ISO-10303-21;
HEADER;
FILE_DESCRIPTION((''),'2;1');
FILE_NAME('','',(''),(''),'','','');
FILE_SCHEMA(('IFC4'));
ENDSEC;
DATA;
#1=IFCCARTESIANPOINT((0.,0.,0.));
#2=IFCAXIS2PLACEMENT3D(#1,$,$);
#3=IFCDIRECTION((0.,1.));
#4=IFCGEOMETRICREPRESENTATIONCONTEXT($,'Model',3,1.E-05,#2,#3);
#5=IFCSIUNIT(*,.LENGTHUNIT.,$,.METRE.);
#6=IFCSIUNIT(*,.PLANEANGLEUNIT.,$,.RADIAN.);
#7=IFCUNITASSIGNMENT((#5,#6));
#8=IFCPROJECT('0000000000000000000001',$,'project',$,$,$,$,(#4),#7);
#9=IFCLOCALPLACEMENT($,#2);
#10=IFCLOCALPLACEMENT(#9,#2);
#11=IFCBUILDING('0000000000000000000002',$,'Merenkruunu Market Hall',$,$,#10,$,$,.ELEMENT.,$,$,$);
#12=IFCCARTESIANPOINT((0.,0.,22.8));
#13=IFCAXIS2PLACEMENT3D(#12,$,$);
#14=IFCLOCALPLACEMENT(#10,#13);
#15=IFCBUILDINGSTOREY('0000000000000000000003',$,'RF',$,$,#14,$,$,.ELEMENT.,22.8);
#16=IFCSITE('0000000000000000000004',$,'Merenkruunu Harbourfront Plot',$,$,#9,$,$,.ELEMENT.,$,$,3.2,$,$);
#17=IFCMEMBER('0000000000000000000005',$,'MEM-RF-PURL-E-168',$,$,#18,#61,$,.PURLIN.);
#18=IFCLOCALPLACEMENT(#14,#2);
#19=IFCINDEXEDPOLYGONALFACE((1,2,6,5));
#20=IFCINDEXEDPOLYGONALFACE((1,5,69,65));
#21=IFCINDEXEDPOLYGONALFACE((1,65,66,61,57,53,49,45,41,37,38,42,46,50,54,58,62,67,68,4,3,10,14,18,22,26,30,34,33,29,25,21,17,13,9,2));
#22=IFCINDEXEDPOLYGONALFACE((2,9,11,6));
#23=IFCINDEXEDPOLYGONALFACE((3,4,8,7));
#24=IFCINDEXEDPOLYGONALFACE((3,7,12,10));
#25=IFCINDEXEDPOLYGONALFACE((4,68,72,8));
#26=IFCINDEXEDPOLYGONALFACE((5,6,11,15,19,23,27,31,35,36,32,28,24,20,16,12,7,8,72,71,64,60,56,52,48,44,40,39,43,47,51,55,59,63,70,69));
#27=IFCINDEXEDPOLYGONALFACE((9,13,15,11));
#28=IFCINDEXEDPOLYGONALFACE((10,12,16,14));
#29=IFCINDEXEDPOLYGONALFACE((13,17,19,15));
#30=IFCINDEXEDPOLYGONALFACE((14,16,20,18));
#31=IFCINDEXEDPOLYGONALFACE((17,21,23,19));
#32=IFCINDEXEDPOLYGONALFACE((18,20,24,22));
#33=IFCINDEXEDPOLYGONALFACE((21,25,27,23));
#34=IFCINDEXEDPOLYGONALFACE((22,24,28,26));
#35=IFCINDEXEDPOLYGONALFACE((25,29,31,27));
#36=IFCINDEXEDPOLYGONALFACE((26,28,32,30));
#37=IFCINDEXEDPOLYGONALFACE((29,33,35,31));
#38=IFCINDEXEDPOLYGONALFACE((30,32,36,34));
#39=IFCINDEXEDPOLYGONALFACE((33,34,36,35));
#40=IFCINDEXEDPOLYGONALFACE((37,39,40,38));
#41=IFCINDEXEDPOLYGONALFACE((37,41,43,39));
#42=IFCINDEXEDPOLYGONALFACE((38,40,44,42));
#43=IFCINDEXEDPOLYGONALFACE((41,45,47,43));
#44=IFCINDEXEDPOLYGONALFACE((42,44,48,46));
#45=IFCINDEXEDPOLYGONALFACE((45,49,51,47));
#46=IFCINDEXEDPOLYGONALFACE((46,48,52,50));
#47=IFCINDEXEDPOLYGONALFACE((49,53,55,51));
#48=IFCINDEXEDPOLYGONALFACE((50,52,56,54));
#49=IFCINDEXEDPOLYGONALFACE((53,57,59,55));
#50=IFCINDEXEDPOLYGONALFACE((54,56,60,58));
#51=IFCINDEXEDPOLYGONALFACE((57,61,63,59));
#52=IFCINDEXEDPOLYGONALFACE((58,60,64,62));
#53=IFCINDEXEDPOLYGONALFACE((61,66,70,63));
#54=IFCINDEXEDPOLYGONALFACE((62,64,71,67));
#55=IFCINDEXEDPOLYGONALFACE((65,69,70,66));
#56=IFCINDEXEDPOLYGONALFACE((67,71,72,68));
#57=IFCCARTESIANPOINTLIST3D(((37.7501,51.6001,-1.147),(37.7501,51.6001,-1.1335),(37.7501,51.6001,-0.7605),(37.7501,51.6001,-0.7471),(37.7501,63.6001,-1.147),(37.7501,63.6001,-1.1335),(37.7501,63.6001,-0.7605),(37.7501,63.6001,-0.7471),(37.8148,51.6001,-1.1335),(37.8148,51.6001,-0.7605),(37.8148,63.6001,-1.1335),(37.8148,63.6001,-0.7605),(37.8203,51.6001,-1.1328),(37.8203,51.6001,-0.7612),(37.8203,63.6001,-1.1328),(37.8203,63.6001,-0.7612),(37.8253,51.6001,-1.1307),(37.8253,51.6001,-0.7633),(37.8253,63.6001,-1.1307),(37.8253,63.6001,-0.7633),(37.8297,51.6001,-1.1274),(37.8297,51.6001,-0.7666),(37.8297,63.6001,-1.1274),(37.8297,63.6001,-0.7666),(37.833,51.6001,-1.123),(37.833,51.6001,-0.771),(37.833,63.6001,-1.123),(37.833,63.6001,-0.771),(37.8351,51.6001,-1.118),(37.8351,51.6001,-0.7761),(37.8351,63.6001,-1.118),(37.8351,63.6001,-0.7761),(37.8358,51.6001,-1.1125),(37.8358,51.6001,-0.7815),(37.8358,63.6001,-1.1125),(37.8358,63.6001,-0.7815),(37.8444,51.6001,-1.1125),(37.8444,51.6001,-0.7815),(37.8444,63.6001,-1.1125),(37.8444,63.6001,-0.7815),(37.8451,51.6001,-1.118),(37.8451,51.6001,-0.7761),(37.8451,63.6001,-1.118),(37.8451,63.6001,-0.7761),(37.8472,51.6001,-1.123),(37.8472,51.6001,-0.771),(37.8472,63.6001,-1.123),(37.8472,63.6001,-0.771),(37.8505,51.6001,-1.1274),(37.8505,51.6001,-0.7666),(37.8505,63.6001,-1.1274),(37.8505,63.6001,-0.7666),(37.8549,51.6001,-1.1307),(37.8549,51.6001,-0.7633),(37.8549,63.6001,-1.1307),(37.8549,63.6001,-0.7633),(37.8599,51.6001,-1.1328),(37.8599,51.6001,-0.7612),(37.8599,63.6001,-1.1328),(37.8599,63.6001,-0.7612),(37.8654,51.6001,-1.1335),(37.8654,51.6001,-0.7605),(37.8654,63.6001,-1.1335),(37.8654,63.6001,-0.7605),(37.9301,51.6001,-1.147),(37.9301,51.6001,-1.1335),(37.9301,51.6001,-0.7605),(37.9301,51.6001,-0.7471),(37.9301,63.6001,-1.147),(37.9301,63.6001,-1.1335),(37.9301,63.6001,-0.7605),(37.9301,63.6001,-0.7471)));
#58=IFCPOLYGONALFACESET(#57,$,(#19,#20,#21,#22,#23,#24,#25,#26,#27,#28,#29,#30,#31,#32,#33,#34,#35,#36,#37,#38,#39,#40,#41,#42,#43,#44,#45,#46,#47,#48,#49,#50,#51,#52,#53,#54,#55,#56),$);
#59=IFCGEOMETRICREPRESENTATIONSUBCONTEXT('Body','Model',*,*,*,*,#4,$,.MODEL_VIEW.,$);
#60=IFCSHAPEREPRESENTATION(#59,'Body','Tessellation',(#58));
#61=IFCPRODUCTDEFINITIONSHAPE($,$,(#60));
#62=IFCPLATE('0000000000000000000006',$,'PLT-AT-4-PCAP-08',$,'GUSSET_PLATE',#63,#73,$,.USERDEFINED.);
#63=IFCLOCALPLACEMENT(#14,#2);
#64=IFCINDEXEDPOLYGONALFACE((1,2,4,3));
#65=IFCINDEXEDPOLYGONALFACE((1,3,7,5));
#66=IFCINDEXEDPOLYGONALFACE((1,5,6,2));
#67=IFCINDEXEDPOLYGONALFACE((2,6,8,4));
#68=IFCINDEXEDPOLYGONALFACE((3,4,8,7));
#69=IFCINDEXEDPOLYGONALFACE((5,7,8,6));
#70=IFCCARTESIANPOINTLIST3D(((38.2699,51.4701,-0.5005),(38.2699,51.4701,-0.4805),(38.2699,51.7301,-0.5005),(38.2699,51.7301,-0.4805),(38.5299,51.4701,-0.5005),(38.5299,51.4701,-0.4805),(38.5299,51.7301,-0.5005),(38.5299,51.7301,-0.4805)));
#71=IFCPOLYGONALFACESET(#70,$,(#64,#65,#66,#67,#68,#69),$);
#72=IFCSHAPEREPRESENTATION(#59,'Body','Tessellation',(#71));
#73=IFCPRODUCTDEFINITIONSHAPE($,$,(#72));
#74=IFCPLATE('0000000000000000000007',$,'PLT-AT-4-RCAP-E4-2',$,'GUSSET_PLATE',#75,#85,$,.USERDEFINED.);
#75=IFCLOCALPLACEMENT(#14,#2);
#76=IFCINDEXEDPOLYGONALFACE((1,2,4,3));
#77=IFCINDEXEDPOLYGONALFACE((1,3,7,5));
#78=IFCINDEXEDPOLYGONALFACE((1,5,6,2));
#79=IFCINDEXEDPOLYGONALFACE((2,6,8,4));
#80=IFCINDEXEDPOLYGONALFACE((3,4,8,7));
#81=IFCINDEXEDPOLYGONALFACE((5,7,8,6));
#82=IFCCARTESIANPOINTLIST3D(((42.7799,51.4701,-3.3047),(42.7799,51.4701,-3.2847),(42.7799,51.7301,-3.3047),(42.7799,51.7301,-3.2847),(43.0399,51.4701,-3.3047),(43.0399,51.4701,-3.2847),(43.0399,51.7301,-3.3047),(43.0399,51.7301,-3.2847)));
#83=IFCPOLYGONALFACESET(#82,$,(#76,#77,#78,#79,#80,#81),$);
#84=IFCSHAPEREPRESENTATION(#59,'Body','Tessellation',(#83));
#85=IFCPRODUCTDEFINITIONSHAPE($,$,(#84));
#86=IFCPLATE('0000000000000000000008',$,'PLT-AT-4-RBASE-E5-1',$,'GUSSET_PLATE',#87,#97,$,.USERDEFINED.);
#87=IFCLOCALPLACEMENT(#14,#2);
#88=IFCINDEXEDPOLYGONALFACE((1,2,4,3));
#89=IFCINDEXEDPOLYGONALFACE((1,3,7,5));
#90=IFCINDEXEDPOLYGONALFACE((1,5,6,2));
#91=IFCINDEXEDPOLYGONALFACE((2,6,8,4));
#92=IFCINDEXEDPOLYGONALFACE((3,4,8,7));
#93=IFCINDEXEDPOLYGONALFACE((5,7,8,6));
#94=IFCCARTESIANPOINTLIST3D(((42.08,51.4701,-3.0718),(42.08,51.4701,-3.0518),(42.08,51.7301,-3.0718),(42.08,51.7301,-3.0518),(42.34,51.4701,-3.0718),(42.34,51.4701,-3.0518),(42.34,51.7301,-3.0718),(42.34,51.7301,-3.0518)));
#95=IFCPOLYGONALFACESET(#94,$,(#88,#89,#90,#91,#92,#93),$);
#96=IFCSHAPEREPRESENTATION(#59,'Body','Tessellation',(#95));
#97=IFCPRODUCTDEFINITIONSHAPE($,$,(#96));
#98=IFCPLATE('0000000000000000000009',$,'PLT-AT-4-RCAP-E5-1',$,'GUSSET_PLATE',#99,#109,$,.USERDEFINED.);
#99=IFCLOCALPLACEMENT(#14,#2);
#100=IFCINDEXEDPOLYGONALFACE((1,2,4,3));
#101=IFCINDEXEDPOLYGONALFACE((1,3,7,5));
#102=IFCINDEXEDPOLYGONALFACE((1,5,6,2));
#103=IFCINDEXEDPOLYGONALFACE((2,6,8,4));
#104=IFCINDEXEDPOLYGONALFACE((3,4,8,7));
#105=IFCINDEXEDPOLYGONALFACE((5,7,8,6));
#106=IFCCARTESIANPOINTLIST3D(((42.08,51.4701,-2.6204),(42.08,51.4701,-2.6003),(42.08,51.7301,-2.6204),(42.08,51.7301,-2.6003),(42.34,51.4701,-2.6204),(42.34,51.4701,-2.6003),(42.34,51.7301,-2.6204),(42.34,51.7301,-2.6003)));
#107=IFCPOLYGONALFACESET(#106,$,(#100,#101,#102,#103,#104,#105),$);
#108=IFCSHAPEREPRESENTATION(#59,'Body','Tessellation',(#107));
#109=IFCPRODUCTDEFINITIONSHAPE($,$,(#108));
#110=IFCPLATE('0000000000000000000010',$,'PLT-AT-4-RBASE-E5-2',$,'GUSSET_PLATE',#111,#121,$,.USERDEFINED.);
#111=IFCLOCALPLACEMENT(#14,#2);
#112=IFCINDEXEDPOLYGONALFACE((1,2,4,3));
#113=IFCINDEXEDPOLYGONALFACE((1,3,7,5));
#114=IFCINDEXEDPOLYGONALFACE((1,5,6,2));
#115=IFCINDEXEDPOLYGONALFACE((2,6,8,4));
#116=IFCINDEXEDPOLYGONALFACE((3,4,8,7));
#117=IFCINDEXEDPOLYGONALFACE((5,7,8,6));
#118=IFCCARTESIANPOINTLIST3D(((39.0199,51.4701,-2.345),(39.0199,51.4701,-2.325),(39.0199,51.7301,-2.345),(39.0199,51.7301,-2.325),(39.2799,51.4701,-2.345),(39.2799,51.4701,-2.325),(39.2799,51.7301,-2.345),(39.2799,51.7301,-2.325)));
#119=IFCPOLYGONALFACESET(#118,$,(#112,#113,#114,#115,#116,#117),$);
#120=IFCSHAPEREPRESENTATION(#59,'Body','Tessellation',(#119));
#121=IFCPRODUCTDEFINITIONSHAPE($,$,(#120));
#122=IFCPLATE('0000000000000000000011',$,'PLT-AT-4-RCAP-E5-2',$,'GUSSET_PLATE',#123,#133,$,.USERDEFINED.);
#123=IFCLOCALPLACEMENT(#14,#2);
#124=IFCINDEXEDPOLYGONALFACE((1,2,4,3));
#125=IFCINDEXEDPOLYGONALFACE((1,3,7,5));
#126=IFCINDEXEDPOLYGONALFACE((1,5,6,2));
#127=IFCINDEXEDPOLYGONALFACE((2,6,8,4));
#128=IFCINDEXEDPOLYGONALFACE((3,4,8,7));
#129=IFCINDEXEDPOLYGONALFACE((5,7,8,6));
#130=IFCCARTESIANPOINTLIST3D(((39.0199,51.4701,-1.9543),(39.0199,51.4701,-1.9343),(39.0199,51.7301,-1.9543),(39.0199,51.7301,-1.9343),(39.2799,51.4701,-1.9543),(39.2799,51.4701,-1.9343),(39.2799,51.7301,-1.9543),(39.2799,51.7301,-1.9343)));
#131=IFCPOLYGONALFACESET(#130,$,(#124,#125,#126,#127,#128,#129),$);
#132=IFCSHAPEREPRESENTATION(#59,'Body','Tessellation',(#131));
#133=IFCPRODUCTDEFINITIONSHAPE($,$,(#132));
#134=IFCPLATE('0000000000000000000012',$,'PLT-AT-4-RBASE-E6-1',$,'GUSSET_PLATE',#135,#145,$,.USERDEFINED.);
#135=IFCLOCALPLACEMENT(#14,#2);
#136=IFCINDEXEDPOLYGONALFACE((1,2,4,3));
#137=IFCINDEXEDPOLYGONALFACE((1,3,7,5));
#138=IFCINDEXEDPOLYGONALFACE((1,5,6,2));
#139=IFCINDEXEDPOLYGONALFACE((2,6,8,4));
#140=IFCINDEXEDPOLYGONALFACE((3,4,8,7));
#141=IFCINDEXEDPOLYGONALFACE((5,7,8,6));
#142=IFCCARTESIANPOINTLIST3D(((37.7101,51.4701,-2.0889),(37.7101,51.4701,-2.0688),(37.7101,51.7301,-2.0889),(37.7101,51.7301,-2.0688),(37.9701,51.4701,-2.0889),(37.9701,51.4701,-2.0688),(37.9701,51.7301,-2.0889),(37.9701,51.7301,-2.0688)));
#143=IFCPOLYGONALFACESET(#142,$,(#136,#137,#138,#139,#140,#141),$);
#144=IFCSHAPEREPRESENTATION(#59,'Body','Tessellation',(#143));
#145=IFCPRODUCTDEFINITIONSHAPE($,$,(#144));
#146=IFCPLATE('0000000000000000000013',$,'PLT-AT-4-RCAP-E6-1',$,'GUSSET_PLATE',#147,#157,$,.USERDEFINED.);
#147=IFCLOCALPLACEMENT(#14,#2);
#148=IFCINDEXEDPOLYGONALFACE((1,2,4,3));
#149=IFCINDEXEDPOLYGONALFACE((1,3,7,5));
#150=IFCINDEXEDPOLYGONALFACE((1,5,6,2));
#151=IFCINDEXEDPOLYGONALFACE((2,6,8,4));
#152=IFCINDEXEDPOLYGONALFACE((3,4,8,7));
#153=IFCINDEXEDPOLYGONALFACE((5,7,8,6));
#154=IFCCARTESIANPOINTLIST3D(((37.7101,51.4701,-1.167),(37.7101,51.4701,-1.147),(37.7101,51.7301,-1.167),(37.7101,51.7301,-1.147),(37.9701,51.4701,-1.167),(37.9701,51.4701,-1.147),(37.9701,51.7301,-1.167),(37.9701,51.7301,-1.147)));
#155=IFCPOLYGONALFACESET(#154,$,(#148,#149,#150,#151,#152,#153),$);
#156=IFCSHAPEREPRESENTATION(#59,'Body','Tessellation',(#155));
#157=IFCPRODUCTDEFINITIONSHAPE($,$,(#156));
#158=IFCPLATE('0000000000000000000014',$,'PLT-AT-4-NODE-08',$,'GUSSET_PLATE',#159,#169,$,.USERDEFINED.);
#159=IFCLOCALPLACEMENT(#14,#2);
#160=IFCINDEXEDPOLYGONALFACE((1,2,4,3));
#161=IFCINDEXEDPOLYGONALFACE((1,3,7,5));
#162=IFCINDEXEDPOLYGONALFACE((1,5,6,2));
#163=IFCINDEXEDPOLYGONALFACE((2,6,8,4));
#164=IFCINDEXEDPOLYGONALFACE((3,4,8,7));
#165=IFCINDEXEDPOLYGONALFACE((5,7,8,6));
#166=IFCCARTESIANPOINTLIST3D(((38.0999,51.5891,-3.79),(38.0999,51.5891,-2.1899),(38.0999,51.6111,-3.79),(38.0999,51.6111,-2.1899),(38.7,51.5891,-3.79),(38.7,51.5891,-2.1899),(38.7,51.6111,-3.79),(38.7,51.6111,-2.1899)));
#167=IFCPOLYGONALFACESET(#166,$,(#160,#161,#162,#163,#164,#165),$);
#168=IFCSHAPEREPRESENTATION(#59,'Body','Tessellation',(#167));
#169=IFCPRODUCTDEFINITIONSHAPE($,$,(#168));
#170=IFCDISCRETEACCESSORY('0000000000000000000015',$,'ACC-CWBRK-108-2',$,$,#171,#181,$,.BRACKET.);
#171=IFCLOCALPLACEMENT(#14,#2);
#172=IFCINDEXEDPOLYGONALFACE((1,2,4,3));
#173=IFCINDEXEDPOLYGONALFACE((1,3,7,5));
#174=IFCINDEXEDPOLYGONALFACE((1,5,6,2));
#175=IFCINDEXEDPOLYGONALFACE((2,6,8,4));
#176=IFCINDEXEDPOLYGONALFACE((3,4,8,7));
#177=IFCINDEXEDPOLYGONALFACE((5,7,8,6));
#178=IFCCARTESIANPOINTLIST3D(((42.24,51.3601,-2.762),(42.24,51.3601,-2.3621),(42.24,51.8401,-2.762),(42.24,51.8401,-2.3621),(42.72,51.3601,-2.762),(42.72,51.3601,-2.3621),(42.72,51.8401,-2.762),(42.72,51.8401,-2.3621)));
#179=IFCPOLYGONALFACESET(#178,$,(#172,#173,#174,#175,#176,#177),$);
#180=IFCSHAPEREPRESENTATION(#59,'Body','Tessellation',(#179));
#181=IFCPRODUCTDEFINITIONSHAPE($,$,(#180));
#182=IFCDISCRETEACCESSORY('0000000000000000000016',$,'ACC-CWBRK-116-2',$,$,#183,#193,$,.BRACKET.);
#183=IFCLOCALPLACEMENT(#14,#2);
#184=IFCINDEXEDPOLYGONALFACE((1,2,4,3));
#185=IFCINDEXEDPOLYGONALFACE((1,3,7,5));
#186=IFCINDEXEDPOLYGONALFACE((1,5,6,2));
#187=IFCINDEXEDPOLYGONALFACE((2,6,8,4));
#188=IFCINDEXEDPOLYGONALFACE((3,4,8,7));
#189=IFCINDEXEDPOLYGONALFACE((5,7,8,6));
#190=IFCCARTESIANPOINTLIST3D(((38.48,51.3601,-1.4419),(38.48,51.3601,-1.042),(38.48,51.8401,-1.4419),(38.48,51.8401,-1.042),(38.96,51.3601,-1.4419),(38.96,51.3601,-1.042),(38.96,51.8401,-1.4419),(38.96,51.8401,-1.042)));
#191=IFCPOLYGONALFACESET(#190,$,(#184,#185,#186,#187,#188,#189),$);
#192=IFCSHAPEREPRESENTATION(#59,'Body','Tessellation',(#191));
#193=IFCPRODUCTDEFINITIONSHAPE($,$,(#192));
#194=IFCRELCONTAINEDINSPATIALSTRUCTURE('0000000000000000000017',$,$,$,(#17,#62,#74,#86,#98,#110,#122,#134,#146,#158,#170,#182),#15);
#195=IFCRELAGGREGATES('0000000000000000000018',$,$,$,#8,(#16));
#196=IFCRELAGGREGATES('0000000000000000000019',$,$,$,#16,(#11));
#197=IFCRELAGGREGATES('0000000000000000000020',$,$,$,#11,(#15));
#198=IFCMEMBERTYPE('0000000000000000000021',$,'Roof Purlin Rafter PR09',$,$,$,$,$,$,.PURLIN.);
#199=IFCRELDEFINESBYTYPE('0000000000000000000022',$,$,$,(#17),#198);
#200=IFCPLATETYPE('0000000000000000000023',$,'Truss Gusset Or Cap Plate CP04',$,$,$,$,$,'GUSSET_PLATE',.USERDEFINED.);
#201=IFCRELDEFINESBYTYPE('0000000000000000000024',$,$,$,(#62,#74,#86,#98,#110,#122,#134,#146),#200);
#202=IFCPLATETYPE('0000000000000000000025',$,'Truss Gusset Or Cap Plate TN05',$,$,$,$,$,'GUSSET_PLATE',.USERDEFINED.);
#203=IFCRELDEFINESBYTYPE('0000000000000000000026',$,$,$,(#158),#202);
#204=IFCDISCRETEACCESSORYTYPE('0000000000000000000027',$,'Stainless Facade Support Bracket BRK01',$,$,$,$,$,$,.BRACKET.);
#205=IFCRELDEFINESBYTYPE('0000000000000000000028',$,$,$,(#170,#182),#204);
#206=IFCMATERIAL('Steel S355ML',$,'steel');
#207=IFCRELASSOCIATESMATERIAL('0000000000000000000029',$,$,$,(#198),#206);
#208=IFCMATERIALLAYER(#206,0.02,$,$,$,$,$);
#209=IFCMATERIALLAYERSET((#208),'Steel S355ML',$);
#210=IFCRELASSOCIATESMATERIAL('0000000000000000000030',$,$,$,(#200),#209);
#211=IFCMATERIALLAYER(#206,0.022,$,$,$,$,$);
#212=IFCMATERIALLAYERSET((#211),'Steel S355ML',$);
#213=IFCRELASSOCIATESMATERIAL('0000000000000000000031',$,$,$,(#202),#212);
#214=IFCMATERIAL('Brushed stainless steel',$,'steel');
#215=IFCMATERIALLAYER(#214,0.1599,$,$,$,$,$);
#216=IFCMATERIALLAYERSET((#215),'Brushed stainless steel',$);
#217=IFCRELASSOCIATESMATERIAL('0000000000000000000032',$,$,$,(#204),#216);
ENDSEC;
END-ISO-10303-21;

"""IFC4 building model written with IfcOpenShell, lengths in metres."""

from ifc_helpers import new_model, si_unit, direction, frame, origin, origin_2d, place, context, subcontext, project, spatial, rectangle, i_section, extrude, material, layer, layer_set, material_profile, profile_set, type_object, element, save


model = new_model("IFC4")

# Units and contexts
model_context = context("Model", 3, precision=1e-05, world=origin(), true_north=direction((0.0, 1.0)))
body_context = subcontext(model_context, "Body", "Model", "MODEL_VIEW")
ifc_project = project(units=[si_unit("LENGTHUNIT", "METRE"), si_unit("PLANEANGLEUNIT", "RADIAN")], contexts=[model_context])

# Site, building, storey
site_placement = place(None, origin())
site = spatial("IfcSite", under=ifc_project, at=site_placement, Name="Merenkruunu Harbourfront Plot", CompositionType="ELEMENT", RefElevation=3.2)
building_placement = place(site_placement, origin())
building = spatial("IfcBuilding", under=site, at=building_placement, Name="Merenkruunu Market Hall", CompositionType="ELEMENT")
storey_placement = place(building_placement, frame((0.0, 0.0, 22.8)))
storey = spatial("IfcBuildingStorey", under=building, at=storey_placement, Name="RF", CompositionType="ELEMENT", Elevation=22.8)

# Shared definitions
ifc_material_1 = material(Name="Steel S355ML", Category="steel")

# Member
ifc_material_profile_1 = material_profile(ifc_material_1, i_section(OverallWidth=0.1799, OverallDepth=0.3999, WebThickness=0.0085, FlangeThickness=0.0134, FilletRadius=0.021, at=origin_2d()), Name="IPE 400")
ifc_profile_set_1 = profile_set([ifc_material_profile_1], Name="Steel S355ML")
member_type_1 = type_object("IfcMemberType", Name="Roof Purlin Rafter PR09", PredefinedType="PURLIN", material=ifc_profile_set_1)
for number, where, z_axis, x_axis, name in (
    (1, (37.8401, 51.6001, -0.947), (0.0, 1.0, 0.0), (-1.0, 0.0, 0.0), "MEM-RF-PURL-E-168"),
):
    element("IfcMember", number, at=place(storey_placement, frame(where, z_axis=z_axis, x_axis=x_axis)), inside=storey, type_object=member_type_1, Name=name, PredefinedType="PURLIN", context=body_context, shape_type="SweptSolid", body=[
        extrude(i_section(OverallWidth=0.1799, OverallDepth=0.3999, WebThickness=0.0085, FlangeThickness=0.0134, FilletRadius=0.021, at=origin_2d()), origin(), (0.0, 0.0, 1.0), 12.0),
    ])

# Plates
ifc_layer_1 = layer(ifc_material_1, 0.02)
ifc_layer_set_1 = layer_set([ifc_layer_1], Name="Steel S355ML")
plate_type_1 = type_object("IfcPlateType", Name="Truss Gusset Or Cap Plate CP04", ElementType="GUSSET_PLATE", PredefinedType="USERDEFINED", material=ifc_layer_set_1)
for number, where, z_axis, x_axis, name in (
    (2, (38.3999, 51.6001, -0.5005), (0.0, 0.0, 1.0), (1.0, 0.0, 0.0), "PLT-AT-4-PCAP-08"),
    (3, (42.9099, 51.6001, -3.3047), (0.0, 0.0, 1.0), (1.0, 0.0, 0.0), "PLT-AT-4-RCAP-E4-2"),
    (4, (42.21, 51.6001, -3.0718), (0.0, 0.0, 1.0), (1.0, 0.0, 0.0), "PLT-AT-4-RBASE-E5-1"),
    (5, (42.21, 51.6001, -2.6204), (0.0, 0.0, 1.0), (1.0, 0.0, 0.0), "PLT-AT-4-RCAP-E5-1"),
    (6, (39.1499, 51.6001, -2.345), (0.0, 0.0, 1.0), (1.0, 0.0, 0.0), "PLT-AT-4-RBASE-E5-2"),
    (7, (39.1499, 51.6001, -1.9543), (0.0, 0.0, 1.0), (1.0, 0.0, 0.0), "PLT-AT-4-RCAP-E5-2"),
    (8, (37.8401, 51.6001, -2.0889), (0.0, 0.0, 1.0), (1.0, 0.0, 0.0), "PLT-AT-4-RBASE-E6-1"),
    (9, (37.8401, 51.6001, -1.167), (0.0, 0.0, 1.0), (1.0, 0.0, 0.0), "PLT-AT-4-RCAP-E6-1"),
):
    element("IfcPlate", number, at=place(storey_placement, frame(where, z_axis=z_axis, x_axis=x_axis)), inside=storey, type_object=plate_type_1, Name=name, ObjectType="GUSSET_PLATE", PredefinedType="USERDEFINED", context=body_context, shape_type="SweptSolid", body=[
        extrude(rectangle(XDim=0.26, YDim=0.26, at=origin_2d()), origin(), (0.0, 0.0, 1.0), 0.02),
    ])
ifc_layer_2 = layer(ifc_material_1, 0.022)
ifc_layer_set_2 = layer_set([ifc_layer_2], Name="Steel S355ML")
plate_type_2 = type_object("IfcPlateType", Name="Truss Gusset Or Cap Plate TN05", ElementType="GUSSET_PLATE", PredefinedType="USERDEFINED", material=ifc_layer_set_2)
plate_placement = place(storey_placement, frame((38.3999, 51.6001, -3.79), z_axis=(0.0, 0.0, 1.0), x_axis=(1.0, 0.0, 0.0)))
element("IfcPlate", 10, at=plate_placement, inside=storey, type_object=plate_type_2, Name="PLT-AT-4-NODE-08", ObjectType="GUSSET_PLATE", PredefinedType="USERDEFINED", context=body_context, shape_type="SweptSolid", body=[
    extrude(rectangle(XDim=0.6001, YDim=0.022, at=origin_2d()), origin(), (0.0, 0.0, 1.0), 1.6001),
])

# Discrete accessories
ifc_material_2 = material(Name="Brushed stainless steel", Category="steel")
ifc_layer_3 = layer(ifc_material_2, 0.1599)
ifc_layer_set_3 = layer_set([ifc_layer_3], Name="Brushed stainless steel")
discrete_accessory_type = type_object("IfcDiscreteAccessoryType", Name="Stainless Facade Support Bracket BRK01", PredefinedType="BRACKET", material=ifc_layer_set_3)
for number, where, z_axis, x_axis, name in (
    (11, (42.48, 51.6001, -2.762), (0.0, 0.0, 1.0), (1.0, 0.0, 0.0), "ACC-CWBRK-108-2"),
    (12, (38.72, 51.6001, -1.4419), (0.0, 0.0, 1.0), (1.0, 0.0, 0.0), "ACC-CWBRK-116-2"),
):
    element("IfcDiscreteAccessory", number, at=place(storey_placement, frame(where, z_axis=z_axis, x_axis=x_axis)), inside=storey, type_object=discrete_accessory_type, Name=name, PredefinedType="BRACKET", context=body_context, shape_type="SweptSolid", body=[
        extrude(rectangle(XDim=0.48, YDim=0.48, at=origin_2d()), origin(), (0.0, 0.0, 1.0), 0.3999),
    ])

save(model, "model.ifc")
